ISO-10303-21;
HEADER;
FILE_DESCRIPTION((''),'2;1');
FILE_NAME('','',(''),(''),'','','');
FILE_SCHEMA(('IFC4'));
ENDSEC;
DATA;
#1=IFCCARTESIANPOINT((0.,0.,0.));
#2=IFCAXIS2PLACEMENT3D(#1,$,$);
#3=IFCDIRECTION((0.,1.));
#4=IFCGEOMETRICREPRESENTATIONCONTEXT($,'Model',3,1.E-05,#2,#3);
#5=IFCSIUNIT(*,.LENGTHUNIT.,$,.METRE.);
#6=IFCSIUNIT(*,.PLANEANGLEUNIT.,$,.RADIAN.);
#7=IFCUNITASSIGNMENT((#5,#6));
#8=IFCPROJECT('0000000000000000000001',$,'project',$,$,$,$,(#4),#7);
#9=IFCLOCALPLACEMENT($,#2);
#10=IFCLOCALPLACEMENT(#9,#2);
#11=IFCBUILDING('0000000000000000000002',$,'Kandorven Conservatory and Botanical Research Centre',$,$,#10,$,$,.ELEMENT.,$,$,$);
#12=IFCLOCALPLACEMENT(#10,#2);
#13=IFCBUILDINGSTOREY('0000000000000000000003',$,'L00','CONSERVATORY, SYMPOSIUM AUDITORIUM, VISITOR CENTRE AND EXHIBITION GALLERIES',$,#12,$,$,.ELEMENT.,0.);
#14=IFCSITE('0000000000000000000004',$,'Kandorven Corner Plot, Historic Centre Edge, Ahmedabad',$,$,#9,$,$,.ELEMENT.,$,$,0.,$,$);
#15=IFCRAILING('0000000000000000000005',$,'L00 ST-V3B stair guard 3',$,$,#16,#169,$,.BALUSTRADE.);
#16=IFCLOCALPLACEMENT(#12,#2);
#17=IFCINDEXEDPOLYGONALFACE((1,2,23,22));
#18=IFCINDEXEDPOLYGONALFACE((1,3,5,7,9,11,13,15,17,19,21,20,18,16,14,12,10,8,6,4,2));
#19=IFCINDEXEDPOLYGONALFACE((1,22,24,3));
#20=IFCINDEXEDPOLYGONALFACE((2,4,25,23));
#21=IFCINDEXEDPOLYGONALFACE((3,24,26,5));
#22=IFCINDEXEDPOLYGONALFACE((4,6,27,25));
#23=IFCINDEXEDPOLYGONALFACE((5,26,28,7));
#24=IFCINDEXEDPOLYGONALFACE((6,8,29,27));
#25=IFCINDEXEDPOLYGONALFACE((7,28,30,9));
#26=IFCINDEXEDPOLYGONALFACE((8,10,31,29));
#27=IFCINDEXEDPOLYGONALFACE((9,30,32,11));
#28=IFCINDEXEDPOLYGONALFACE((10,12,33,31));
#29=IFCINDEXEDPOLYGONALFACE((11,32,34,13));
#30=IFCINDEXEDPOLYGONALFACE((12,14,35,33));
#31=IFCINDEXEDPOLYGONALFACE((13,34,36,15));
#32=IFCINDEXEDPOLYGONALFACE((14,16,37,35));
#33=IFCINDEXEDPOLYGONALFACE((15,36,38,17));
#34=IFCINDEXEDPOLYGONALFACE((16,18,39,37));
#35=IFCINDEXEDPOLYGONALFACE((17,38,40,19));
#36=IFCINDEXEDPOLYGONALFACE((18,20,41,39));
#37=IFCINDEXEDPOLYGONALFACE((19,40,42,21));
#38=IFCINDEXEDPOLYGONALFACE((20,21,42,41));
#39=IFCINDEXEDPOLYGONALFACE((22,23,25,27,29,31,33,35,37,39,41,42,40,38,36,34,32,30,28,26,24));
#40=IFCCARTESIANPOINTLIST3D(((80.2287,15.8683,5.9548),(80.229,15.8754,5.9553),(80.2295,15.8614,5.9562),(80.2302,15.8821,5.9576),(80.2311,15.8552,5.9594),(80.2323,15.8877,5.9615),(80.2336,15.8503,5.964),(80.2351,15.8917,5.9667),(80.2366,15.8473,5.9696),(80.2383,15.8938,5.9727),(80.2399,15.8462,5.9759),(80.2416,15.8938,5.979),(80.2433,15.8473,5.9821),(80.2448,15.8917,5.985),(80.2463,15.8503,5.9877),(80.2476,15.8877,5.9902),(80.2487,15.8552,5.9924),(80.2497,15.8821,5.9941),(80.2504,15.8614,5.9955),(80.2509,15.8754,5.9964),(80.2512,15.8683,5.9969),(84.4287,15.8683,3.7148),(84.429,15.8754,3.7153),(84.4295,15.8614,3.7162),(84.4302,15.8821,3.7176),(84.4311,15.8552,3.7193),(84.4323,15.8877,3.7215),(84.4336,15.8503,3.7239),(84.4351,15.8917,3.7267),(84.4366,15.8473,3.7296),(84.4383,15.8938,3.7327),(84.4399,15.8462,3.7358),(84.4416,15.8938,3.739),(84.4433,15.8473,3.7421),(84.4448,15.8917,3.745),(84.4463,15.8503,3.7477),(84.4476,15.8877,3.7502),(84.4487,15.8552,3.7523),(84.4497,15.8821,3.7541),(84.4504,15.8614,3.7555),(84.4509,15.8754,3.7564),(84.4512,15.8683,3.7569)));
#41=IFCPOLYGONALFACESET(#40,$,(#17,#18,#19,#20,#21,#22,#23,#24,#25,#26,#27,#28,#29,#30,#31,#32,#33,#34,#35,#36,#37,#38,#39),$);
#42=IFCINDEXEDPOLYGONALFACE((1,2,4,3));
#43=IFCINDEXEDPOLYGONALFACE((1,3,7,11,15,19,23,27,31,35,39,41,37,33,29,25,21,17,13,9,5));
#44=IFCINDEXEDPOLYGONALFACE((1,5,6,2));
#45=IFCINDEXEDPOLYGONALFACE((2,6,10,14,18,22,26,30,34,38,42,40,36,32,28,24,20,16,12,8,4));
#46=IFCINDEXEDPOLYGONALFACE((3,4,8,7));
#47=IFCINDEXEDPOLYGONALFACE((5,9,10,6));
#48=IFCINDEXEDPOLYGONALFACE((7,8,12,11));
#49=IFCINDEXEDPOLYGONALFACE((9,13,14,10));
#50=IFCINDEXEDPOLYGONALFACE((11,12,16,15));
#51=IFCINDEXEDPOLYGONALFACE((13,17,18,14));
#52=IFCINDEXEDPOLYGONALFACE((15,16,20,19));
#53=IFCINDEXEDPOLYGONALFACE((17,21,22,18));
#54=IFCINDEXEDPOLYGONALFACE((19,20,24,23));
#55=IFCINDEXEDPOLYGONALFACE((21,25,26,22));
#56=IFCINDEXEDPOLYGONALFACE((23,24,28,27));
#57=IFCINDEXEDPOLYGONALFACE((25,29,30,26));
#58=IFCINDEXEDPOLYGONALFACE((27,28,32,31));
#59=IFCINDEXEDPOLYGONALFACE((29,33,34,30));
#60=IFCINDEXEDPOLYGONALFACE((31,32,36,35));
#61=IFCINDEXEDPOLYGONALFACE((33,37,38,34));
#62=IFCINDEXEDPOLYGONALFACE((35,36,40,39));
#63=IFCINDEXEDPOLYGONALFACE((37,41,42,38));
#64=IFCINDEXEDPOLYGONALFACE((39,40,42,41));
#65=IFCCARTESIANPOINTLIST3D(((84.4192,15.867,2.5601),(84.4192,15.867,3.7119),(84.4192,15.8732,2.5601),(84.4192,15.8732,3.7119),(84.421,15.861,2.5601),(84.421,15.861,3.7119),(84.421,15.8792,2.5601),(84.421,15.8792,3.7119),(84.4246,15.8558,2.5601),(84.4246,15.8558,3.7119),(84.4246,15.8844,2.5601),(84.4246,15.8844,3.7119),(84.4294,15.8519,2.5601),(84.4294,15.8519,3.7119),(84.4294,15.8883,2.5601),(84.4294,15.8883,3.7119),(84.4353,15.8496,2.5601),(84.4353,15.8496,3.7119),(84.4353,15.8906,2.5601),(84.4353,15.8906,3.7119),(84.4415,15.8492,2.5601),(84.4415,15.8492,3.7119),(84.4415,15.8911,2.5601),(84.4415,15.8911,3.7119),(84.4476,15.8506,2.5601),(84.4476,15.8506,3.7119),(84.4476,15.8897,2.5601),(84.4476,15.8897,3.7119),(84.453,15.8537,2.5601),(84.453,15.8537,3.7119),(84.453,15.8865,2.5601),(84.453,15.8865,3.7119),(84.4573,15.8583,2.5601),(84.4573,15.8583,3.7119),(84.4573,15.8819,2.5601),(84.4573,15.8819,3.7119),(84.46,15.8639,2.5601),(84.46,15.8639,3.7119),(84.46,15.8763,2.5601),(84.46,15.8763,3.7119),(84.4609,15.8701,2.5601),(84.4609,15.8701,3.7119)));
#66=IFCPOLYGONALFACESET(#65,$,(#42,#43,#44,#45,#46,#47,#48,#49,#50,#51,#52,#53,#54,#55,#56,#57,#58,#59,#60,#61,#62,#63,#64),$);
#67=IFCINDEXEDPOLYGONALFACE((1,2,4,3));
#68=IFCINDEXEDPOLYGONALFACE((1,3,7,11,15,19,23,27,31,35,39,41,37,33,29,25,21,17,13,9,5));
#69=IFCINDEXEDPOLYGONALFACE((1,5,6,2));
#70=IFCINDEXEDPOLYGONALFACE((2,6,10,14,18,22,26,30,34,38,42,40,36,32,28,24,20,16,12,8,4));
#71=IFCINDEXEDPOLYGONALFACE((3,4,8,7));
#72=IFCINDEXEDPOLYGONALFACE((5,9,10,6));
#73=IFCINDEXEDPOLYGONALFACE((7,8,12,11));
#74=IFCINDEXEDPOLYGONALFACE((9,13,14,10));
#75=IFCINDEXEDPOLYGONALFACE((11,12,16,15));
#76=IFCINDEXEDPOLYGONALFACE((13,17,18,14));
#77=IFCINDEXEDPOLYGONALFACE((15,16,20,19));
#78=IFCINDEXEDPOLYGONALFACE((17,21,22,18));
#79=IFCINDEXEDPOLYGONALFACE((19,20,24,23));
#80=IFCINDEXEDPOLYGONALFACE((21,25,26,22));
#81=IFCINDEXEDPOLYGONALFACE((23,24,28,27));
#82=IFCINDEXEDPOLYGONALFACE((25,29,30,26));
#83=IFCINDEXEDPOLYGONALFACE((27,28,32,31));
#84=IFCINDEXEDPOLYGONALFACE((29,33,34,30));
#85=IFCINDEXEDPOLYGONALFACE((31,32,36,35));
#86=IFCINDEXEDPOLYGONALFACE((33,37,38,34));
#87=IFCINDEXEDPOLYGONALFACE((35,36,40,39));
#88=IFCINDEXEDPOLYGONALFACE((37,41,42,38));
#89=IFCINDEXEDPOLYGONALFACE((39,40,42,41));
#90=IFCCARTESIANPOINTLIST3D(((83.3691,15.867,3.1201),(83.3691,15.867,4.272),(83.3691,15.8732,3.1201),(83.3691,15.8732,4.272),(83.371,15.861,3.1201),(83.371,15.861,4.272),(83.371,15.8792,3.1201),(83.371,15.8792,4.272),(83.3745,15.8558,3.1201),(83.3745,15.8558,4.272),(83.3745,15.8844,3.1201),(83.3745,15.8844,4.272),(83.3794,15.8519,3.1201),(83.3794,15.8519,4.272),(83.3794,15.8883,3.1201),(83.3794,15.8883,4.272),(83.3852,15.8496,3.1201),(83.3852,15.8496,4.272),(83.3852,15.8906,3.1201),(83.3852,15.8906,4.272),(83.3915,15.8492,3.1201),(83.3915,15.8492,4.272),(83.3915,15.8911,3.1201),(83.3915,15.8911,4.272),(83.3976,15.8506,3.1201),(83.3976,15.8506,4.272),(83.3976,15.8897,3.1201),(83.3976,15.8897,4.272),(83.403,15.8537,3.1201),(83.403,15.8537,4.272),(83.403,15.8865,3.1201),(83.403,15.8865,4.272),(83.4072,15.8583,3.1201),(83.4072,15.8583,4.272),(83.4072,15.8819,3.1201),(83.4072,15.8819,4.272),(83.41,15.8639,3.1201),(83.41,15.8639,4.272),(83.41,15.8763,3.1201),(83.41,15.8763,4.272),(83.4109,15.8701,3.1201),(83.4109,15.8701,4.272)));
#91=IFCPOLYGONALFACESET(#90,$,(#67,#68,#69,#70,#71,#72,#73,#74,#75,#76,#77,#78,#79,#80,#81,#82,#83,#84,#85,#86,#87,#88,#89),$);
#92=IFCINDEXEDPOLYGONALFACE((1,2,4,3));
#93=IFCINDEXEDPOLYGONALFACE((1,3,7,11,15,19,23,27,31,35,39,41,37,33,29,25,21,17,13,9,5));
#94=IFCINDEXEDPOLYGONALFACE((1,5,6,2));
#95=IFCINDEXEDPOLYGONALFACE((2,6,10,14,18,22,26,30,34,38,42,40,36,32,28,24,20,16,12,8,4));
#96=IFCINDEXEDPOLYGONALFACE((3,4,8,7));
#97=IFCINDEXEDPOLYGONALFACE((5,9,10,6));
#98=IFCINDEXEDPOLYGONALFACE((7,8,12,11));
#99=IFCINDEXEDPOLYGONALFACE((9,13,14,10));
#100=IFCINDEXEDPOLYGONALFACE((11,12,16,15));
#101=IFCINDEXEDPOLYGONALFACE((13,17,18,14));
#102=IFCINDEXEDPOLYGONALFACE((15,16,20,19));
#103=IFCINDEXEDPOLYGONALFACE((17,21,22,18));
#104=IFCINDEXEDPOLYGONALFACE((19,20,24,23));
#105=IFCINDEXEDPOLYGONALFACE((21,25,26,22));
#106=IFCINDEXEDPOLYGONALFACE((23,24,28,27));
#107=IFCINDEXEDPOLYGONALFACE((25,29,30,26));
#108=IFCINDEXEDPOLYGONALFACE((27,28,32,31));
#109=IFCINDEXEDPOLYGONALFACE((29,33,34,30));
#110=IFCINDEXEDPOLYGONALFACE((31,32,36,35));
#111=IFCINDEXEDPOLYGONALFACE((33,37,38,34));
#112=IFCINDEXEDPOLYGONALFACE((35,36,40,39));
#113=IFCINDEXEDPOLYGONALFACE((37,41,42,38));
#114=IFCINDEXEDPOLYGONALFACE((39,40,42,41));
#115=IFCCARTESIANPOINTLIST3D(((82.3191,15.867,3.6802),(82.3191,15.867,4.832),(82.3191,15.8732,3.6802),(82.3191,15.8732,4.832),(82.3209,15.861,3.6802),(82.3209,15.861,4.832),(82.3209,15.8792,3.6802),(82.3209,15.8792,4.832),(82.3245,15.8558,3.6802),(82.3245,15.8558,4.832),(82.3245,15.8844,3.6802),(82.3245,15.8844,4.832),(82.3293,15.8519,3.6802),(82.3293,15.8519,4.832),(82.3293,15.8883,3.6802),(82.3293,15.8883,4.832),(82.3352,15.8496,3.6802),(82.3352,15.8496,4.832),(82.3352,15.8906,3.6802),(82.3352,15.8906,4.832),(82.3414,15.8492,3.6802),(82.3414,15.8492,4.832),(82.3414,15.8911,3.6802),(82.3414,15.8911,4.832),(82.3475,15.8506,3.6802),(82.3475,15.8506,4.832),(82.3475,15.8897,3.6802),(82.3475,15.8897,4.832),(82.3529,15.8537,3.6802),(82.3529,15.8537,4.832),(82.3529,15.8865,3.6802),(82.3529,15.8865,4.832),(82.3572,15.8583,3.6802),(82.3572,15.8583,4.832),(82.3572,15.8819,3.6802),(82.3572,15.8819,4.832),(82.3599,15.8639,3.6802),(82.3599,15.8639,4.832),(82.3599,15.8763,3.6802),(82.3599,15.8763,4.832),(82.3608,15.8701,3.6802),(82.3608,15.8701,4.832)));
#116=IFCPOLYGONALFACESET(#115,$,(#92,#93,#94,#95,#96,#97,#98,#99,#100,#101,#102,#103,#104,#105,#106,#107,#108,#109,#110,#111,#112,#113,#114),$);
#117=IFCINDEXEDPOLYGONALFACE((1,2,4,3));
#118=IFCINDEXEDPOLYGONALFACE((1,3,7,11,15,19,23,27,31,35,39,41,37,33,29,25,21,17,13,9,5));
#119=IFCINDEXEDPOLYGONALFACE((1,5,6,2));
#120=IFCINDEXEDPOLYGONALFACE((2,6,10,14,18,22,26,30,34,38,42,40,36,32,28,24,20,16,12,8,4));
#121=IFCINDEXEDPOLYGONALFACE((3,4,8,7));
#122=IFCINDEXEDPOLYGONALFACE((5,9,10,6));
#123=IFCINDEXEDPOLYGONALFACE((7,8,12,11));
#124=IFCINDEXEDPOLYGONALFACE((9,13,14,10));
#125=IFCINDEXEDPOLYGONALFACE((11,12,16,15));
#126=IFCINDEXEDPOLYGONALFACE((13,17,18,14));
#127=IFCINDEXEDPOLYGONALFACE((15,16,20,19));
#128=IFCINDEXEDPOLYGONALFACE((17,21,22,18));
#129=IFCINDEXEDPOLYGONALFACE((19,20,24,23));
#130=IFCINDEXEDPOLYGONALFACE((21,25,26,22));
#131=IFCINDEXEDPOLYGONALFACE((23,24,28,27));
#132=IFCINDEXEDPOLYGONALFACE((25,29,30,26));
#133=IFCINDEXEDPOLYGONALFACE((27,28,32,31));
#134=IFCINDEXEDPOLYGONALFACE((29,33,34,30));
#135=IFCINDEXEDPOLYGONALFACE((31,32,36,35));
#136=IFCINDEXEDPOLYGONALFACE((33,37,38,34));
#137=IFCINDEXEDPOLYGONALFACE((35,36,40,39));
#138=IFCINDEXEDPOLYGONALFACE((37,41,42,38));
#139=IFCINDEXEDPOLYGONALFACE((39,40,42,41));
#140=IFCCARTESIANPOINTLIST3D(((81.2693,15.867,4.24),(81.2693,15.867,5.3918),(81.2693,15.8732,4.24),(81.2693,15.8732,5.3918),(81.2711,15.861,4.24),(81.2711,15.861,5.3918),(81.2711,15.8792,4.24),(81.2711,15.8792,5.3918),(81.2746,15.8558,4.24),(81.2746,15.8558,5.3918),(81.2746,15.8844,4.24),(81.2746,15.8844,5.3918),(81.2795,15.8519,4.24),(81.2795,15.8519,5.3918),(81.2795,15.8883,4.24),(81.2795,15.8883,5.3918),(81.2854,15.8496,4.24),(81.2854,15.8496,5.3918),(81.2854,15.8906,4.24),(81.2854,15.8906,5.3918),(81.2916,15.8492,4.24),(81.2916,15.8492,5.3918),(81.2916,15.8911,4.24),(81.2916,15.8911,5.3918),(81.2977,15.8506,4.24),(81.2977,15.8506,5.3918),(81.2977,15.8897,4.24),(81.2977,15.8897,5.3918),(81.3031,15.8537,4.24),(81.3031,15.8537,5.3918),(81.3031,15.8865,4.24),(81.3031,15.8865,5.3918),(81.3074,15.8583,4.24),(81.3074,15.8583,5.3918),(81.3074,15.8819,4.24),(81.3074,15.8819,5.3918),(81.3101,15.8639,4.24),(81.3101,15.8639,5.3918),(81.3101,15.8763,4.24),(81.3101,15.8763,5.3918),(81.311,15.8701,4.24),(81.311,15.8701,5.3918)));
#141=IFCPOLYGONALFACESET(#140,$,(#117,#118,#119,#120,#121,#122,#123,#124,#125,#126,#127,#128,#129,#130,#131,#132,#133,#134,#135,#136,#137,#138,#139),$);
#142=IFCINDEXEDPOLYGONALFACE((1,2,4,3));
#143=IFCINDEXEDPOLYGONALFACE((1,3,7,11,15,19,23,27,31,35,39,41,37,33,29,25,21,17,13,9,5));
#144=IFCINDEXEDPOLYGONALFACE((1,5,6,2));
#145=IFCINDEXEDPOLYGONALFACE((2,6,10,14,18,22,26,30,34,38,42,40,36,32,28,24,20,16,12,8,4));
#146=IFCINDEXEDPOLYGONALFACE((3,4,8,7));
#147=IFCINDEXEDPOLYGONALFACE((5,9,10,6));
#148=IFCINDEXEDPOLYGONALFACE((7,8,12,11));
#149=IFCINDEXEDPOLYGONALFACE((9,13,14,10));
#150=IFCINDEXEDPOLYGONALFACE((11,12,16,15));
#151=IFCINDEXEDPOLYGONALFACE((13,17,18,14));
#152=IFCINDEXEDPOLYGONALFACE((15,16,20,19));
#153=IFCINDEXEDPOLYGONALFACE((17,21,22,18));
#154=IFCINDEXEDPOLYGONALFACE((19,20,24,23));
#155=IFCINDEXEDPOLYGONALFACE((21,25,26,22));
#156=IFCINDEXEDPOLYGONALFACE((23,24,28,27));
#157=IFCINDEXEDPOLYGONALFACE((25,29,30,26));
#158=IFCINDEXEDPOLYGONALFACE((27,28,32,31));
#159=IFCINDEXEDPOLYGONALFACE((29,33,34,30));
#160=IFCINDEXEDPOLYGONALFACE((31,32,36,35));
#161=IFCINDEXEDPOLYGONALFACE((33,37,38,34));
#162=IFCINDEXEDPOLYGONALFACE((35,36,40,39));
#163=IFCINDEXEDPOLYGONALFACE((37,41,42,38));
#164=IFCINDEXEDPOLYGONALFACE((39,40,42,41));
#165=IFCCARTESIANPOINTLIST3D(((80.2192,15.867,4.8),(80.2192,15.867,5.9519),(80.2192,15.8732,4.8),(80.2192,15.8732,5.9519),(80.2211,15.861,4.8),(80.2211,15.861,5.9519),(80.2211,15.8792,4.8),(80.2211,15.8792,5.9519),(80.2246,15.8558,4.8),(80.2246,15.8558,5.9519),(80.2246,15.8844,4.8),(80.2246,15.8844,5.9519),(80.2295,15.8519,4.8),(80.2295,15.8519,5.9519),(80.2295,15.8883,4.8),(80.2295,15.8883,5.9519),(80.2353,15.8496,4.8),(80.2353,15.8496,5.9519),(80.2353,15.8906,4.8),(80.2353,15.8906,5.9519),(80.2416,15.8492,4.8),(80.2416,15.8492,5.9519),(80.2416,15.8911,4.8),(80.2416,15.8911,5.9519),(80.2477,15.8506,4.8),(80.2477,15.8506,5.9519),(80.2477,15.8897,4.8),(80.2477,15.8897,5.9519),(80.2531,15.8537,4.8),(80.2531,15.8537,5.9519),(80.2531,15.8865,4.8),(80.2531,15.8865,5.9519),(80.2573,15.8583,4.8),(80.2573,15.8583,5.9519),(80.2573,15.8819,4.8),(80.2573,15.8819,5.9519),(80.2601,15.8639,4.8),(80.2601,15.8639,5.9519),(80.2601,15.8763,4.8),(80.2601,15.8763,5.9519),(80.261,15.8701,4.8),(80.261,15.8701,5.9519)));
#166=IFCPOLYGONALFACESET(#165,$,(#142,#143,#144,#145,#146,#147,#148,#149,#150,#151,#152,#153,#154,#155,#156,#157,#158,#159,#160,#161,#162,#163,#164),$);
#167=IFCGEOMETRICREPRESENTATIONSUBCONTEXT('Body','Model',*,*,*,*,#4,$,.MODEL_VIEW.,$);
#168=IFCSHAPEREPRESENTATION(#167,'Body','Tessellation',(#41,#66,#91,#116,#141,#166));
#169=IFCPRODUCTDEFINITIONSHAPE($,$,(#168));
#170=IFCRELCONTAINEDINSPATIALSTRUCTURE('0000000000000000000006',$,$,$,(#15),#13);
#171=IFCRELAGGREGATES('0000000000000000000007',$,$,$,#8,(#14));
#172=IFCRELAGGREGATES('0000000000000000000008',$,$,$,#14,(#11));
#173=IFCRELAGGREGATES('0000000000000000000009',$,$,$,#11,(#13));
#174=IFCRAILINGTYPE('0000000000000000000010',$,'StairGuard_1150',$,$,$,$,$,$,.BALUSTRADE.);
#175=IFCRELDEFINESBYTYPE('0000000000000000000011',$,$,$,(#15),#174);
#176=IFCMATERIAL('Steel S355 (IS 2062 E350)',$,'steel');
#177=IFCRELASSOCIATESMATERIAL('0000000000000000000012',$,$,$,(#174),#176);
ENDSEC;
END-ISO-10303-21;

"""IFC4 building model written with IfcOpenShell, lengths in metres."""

from ifc_helpers import new_model, si_unit, direction, frame, origin, origin_2d, place, context, subcontext, project, spatial, circle, extrude, material, type_object, element, save


model = new_model("IFC4")

# Units and contexts
model_context = context("Model", 3, precision=1e-05, world=origin(), true_north=direction((0.0, 1.0)))
body_context = subcontext(model_context, "Body", "Model", "MODEL_VIEW")
ifc_project = project(units=[si_unit("LENGTHUNIT", "METRE"), si_unit("PLANEANGLEUNIT", "RADIAN")], contexts=[model_context])

# Site, building, storey
site_placement = place(None, origin())
site = spatial("IfcSite", under=ifc_project, at=site_placement, Name="Kandorven Corner Plot, Historic Centre Edge, Ahmedabad", CompositionType="ELEMENT", RefElevation=0.0)
building_placement = place(site_placement, origin())
building = spatial("IfcBuilding", under=site, at=building_placement, Name="Kandorven Conservatory and Botanical Research Centre", CompositionType="ELEMENT")
storey_placement = place(building_placement, origin())
storey = spatial("IfcBuildingStorey", under=building, at=storey_placement, Name="L00", Description="CONSERVATORY, SYMPOSIUM AUDITORIUM, VISITOR CENTRE AND EXHIBITION GALLERIES", CompositionType="ELEMENT", Elevation=0.0)

# Railing
ifc_material_1 = material(Name="Steel S355 (IS 2062 E350)", Category="steel")
railing_type_1 = type_object("IfcRailingType", Name="StairGuard_1150", PredefinedType="BALUSTRADE", material=ifc_material_1)
railing_1_placement = place(storey_placement, frame((84.4399, 15.8701, 2.5601)))
element("IfcRailing", 1, at=railing_1_placement, inside=storey, type_object=railing_type_1, Name="L00 ST-V3B stair guard 3", PredefinedType="BALUSTRADE", context=body_context, shape_type="SweptSolid", body=[
    extrude(circle(Radius=0.0239, at=origin_2d()), frame((0.0, 0.0, 1.1758), z_axis=(-0.882352, 0.0, 0.470591), x_axis=(0.0, -1.0, 0.0)), (0.0, 0.0, 1.0), 4.76),
    extrude(circle(Radius=0.021, at=origin_2d()), origin(), (0.0, 0.0, 1.0), 1.1519),
    extrude(circle(Radius=0.021, at=origin_2d()), frame((-1.05, 0.0, 0.5601)), (0.0, 0.0, 1.0), 1.1519),
    extrude(circle(Radius=0.021, at=origin_2d()), frame((-2.1001, 0.0, 1.1201)), (0.0, 0.0, 1.0), 1.1519),
    extrude(circle(Radius=0.021, at=origin_2d()), frame((-3.1499, 0.0, 1.6799)), (0.0, 0.0, 1.0), 1.1519),
    extrude(circle(Radius=0.021, at=origin_2d()), frame((-4.2, 0.0, 2.24)), (0.0, 0.0, 1.0), 1.1519),
])

save(model, "model.ifc")
